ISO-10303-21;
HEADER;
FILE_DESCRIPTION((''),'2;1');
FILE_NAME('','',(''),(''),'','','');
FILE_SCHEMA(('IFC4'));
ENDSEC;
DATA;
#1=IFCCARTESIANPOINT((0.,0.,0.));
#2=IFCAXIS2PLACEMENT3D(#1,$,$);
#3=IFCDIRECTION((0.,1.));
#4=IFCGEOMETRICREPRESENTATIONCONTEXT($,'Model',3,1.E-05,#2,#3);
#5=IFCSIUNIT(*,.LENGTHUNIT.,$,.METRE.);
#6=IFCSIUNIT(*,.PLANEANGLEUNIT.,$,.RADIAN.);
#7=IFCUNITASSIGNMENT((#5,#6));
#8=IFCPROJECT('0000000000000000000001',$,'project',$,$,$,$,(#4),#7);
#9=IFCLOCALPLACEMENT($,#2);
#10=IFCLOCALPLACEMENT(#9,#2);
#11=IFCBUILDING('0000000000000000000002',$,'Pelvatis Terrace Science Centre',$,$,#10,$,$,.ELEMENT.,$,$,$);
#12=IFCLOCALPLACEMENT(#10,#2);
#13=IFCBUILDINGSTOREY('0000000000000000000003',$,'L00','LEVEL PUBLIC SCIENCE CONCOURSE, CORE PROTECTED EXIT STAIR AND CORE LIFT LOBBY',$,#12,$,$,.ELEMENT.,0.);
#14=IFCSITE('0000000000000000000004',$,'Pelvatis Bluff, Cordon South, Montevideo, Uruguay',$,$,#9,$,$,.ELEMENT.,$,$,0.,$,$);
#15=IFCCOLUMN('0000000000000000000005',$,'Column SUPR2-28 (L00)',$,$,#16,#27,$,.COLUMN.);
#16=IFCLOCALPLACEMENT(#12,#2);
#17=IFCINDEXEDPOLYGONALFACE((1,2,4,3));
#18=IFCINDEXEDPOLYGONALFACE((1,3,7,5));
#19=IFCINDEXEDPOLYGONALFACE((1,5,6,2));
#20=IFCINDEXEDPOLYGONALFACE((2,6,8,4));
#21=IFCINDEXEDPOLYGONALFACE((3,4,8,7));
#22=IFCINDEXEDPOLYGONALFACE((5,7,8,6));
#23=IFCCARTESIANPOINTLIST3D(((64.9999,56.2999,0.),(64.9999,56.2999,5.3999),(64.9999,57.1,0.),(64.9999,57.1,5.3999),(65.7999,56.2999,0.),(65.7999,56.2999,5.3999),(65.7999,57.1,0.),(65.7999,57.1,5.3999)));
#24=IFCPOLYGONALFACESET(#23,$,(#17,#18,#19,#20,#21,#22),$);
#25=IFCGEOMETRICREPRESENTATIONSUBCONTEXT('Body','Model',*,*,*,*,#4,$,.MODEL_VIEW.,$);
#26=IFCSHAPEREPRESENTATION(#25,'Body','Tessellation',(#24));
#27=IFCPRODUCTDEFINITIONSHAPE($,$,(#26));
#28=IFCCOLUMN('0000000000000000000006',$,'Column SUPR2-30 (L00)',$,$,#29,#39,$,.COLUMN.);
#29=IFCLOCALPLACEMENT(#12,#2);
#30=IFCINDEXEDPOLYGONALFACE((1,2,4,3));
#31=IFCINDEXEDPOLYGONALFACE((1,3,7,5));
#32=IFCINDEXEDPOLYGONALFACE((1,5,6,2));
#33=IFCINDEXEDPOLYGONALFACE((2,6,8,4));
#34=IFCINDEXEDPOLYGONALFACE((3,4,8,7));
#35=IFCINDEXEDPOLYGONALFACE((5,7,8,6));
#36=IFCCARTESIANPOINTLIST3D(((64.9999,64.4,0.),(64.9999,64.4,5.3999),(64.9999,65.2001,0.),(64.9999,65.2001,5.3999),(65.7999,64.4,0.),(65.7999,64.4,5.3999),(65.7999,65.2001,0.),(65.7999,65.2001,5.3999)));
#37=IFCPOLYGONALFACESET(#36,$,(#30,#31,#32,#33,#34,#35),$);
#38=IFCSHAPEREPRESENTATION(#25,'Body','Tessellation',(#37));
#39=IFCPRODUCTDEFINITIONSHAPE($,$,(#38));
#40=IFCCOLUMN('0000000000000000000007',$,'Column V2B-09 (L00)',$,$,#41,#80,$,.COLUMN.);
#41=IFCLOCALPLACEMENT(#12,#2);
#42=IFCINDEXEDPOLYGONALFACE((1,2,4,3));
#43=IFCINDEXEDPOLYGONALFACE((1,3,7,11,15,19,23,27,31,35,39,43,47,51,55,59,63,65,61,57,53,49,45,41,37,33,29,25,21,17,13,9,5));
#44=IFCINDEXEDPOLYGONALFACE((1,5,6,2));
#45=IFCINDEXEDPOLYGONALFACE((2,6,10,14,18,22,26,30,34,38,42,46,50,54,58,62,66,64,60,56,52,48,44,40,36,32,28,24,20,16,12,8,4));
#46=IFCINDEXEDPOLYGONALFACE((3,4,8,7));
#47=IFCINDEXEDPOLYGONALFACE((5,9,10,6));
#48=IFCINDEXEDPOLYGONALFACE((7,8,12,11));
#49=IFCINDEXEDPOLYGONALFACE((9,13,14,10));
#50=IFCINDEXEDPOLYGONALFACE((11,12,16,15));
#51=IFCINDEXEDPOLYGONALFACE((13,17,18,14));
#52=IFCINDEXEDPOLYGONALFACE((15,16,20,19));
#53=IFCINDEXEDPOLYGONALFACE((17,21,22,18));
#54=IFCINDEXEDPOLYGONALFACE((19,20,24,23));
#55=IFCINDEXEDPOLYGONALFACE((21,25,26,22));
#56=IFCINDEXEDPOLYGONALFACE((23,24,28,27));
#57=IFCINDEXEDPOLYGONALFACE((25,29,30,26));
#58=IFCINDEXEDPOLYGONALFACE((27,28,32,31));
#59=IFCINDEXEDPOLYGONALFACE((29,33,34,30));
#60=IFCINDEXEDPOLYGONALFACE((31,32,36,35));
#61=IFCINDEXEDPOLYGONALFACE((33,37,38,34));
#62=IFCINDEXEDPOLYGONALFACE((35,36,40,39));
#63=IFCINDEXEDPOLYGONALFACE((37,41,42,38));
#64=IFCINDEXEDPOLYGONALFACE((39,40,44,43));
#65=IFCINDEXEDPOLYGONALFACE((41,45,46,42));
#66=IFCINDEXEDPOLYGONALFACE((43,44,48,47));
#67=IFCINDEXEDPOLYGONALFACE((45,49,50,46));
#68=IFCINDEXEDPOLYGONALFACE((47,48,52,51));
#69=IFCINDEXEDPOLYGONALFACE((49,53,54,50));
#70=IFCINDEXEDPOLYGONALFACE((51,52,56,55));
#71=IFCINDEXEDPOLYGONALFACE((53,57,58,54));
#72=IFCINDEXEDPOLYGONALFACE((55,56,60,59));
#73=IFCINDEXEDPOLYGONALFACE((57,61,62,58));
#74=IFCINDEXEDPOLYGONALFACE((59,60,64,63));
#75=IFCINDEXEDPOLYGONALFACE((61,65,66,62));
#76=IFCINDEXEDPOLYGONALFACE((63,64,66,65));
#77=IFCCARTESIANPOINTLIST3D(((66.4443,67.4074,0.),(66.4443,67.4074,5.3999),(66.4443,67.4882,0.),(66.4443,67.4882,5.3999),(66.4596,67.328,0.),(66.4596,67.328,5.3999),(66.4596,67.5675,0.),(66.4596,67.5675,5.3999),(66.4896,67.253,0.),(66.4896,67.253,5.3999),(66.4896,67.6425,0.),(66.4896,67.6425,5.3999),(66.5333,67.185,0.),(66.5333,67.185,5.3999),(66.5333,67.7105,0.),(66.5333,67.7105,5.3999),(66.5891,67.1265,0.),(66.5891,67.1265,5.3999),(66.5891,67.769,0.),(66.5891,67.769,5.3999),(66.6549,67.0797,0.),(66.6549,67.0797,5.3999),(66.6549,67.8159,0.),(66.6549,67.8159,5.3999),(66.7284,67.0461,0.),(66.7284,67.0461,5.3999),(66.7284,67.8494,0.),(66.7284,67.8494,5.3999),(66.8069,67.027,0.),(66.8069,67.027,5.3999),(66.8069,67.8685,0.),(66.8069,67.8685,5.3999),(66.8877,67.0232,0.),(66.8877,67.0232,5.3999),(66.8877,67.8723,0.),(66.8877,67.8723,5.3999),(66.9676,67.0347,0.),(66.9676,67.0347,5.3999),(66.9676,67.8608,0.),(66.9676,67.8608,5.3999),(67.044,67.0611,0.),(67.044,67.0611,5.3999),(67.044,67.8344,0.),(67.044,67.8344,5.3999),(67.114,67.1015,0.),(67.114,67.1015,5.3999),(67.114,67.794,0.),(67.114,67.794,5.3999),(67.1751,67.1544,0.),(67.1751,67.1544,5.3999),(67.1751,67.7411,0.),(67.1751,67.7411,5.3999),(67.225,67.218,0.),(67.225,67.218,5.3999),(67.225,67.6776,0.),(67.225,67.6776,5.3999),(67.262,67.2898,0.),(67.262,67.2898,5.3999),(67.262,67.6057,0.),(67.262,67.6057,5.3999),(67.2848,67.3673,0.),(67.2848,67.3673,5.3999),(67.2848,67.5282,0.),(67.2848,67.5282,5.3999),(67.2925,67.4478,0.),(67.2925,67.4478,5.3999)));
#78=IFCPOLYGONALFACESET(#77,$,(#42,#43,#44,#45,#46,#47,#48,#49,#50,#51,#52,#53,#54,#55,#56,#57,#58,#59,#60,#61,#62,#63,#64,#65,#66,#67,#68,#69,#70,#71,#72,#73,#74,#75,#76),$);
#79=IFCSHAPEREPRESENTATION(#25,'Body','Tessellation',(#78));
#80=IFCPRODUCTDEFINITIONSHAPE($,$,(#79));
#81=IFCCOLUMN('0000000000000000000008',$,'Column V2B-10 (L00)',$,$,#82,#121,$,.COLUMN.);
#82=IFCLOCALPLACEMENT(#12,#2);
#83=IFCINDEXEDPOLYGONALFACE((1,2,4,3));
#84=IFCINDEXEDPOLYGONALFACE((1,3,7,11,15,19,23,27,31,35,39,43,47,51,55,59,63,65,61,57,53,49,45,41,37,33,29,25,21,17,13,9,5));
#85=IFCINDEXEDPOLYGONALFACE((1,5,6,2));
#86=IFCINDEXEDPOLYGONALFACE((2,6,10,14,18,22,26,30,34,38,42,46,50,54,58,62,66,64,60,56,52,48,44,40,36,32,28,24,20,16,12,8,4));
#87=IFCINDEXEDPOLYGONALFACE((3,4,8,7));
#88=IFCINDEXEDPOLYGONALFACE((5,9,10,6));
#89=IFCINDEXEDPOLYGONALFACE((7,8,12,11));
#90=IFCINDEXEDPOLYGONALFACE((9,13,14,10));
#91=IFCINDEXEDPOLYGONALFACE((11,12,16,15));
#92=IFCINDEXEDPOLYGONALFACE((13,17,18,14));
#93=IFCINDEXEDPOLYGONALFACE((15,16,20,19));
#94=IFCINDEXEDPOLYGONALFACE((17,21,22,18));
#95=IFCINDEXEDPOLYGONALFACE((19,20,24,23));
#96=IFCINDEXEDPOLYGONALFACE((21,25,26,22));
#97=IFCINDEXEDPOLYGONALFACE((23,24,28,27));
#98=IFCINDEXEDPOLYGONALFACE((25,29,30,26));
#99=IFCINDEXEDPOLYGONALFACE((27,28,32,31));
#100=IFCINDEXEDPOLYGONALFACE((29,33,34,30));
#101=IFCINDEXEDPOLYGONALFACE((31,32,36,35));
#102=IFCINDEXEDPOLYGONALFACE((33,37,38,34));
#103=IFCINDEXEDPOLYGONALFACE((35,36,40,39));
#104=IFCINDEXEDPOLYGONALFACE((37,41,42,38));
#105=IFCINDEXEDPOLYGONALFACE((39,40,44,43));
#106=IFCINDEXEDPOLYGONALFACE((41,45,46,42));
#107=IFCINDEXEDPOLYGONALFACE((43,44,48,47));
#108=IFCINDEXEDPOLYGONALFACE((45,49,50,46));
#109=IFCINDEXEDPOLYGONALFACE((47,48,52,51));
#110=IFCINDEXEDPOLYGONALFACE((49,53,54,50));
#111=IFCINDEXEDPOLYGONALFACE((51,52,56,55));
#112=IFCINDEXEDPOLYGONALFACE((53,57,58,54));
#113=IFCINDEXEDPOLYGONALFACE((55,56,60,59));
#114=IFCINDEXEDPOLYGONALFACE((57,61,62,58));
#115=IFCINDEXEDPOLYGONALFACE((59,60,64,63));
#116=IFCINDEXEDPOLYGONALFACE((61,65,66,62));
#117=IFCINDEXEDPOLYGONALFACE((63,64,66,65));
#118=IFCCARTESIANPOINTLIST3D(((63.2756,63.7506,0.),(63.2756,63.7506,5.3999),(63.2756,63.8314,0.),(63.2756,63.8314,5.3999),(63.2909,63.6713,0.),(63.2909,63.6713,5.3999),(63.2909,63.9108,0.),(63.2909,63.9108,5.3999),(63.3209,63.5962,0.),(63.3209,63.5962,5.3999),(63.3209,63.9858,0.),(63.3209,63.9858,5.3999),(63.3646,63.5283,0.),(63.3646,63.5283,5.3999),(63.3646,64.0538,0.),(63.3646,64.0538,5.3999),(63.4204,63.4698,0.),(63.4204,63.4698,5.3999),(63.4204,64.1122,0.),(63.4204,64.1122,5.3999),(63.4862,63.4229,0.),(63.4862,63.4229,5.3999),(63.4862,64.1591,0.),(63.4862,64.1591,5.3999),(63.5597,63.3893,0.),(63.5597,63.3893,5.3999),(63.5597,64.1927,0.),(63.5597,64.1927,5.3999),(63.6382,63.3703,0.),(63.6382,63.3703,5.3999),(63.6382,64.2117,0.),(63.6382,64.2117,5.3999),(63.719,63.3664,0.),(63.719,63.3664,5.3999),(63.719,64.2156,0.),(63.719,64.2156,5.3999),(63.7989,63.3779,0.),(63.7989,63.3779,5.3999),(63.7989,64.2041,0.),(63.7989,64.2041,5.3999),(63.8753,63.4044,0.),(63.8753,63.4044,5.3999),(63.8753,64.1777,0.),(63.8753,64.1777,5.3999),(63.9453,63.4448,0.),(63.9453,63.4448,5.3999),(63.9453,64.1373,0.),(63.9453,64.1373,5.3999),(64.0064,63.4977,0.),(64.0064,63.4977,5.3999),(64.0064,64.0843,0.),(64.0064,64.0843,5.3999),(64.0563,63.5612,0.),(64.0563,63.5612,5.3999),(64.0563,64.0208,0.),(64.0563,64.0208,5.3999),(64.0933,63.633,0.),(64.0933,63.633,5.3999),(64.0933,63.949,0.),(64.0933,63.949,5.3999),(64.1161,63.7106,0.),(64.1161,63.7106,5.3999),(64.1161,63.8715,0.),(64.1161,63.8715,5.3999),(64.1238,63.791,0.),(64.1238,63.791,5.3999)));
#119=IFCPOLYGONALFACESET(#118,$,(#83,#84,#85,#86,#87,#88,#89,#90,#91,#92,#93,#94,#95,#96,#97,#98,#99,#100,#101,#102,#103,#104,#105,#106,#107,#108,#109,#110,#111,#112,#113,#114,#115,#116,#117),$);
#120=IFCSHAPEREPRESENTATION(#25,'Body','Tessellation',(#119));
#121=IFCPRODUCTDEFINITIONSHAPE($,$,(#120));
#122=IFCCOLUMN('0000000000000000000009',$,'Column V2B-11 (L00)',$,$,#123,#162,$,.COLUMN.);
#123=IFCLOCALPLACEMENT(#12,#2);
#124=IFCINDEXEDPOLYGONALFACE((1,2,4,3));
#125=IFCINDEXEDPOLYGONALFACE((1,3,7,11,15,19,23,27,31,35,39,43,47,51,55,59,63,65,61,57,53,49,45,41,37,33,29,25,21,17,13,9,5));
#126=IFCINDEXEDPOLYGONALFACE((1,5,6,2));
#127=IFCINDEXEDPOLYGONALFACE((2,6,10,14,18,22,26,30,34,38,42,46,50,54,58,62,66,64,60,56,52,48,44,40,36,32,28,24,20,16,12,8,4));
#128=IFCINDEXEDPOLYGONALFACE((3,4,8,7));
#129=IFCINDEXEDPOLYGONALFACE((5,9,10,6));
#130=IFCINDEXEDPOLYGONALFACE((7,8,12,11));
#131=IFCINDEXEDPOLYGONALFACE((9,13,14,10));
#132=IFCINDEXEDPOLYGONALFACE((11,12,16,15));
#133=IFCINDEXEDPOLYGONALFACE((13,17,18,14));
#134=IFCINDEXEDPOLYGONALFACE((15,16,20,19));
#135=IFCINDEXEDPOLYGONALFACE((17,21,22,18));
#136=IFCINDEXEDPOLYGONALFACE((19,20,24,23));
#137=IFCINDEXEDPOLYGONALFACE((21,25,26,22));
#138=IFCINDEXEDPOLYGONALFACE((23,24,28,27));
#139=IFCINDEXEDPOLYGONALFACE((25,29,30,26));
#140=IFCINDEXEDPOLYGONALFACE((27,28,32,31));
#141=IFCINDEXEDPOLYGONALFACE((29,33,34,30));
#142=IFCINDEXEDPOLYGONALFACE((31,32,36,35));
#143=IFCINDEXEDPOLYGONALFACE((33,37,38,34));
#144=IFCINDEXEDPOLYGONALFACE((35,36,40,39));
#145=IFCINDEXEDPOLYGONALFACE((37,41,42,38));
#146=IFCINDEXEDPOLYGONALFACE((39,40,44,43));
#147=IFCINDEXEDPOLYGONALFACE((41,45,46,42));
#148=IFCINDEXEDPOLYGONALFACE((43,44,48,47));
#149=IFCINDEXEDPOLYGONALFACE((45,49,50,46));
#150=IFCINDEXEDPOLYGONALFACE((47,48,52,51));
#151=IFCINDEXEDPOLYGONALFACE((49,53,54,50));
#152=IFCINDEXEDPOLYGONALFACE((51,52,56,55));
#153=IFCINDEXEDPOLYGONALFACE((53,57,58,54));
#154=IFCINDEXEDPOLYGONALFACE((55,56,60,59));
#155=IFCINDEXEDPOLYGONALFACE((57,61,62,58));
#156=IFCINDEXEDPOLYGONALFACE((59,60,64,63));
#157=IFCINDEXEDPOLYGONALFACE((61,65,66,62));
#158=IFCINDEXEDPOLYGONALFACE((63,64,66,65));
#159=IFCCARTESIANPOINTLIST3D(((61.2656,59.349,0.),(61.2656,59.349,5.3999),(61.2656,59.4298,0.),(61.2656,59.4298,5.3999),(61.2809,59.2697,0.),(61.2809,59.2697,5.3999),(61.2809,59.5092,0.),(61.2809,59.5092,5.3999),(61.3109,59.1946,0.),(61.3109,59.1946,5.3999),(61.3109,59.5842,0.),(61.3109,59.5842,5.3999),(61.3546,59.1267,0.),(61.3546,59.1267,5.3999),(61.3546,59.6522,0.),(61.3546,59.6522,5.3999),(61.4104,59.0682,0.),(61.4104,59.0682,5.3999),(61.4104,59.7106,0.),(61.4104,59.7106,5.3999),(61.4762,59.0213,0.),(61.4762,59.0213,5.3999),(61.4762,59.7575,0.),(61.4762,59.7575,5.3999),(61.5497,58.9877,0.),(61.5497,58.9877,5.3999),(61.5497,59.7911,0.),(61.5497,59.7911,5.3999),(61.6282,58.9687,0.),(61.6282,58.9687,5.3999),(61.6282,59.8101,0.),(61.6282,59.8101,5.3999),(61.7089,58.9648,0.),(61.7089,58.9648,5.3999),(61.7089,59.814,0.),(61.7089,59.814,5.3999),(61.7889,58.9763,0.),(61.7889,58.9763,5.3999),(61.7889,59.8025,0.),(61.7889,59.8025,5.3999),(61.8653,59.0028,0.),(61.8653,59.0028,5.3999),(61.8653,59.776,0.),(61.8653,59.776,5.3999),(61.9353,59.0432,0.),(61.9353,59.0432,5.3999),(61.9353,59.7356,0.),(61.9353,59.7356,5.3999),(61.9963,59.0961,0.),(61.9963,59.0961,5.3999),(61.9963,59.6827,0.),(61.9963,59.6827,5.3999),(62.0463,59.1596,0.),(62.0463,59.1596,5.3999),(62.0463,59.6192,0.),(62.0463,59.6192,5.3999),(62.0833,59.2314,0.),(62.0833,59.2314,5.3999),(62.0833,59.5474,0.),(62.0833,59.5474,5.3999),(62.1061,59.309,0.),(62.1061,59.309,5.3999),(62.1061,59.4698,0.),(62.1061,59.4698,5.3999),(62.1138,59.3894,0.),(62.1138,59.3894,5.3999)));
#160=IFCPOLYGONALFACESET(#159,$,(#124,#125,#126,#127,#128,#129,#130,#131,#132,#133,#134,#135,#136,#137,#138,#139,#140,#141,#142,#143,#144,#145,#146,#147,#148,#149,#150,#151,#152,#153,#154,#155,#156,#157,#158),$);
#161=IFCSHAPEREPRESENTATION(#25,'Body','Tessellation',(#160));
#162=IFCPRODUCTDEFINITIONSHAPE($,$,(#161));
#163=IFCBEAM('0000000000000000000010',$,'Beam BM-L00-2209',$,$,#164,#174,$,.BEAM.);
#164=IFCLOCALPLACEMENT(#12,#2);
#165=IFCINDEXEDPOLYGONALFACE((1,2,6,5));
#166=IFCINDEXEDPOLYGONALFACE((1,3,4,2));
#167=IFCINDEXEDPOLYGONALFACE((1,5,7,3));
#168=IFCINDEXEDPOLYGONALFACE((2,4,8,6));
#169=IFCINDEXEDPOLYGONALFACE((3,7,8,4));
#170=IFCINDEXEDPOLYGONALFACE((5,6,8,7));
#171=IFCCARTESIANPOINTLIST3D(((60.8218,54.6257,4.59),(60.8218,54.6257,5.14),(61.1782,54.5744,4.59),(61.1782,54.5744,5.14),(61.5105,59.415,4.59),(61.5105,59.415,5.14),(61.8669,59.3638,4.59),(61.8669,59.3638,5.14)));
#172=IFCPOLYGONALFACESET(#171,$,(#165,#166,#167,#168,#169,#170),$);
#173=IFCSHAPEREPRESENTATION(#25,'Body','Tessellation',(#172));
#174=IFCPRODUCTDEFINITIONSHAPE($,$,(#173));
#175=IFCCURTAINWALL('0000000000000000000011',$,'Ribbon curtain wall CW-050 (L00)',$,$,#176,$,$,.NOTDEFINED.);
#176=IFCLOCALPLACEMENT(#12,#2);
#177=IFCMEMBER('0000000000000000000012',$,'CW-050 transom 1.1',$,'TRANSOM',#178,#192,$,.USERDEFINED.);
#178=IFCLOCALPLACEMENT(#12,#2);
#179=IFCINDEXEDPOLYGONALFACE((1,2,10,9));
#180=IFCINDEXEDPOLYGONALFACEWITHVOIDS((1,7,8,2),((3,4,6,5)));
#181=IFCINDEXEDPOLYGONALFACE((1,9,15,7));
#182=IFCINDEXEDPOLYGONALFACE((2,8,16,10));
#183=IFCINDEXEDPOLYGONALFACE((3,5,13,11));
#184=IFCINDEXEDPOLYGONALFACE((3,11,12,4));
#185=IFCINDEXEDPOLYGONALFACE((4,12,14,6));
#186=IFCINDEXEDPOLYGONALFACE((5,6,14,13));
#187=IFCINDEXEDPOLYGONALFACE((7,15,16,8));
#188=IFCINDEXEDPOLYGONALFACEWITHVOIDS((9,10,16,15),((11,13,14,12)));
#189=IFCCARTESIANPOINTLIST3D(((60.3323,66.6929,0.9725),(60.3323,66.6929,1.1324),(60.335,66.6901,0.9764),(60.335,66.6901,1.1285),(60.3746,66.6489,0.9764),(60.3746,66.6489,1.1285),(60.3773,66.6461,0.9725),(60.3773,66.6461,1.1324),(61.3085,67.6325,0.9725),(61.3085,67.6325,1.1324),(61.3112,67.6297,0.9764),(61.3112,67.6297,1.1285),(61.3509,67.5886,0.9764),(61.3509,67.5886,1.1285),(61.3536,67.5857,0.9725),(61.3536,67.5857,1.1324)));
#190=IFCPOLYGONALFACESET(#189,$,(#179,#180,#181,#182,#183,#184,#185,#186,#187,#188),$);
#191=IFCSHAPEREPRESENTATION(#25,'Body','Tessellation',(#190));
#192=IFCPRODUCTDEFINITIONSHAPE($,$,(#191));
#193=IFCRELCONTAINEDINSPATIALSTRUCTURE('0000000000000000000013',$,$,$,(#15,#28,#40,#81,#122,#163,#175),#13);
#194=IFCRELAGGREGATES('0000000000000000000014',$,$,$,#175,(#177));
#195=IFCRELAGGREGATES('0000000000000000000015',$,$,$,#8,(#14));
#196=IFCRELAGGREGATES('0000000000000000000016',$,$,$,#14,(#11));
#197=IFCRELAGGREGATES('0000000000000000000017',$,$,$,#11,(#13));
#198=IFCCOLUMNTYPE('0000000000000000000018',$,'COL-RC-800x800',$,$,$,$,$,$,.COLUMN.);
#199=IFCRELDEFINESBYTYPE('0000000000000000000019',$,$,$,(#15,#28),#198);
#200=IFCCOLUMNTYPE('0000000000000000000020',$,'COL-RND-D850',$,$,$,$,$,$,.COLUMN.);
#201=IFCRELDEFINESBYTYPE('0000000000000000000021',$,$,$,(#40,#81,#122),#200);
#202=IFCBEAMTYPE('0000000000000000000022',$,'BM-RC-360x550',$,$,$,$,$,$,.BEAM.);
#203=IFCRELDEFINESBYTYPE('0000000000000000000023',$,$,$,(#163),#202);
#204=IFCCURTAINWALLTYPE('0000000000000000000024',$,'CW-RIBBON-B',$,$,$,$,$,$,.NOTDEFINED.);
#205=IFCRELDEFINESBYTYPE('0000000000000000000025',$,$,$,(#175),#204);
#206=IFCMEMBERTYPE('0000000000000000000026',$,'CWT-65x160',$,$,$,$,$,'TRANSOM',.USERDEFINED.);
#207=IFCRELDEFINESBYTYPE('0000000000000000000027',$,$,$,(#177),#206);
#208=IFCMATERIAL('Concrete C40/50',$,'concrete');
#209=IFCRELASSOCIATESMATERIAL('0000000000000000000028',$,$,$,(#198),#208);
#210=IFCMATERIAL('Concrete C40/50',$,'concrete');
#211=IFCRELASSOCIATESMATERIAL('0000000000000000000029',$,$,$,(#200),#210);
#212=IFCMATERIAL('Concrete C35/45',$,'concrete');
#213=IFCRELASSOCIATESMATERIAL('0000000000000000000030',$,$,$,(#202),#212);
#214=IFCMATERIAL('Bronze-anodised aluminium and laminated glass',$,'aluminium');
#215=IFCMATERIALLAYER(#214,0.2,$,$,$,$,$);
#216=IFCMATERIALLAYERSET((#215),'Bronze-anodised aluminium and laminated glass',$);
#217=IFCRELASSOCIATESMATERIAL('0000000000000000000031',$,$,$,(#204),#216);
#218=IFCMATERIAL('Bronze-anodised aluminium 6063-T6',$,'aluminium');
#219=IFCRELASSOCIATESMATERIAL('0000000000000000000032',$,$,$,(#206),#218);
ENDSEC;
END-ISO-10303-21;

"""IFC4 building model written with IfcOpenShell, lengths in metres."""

from ifc_helpers import new_model, si_unit, direction, frame, origin, origin_2d, place, context, subcontext, project, spatial, rectangle, hollow_rectangle, circle, extrude, material, layer, layer_set, material_profile, profile_set, type_object, element, aggregate, save


model = new_model("IFC4")

# Units and contexts
model_context = context("Model", 3, precision=1e-05, world=origin(), true_north=direction((0.0, 1.0)))
body_context = subcontext(model_context, "Body", "Model", "MODEL_VIEW")
ifc_project = project(units=[si_unit("LENGTHUNIT", "METRE"), si_unit("PLANEANGLEUNIT", "RADIAN")], contexts=[model_context])

# Site, building, storey
site_placement = place(None, origin())
site = spatial("IfcSite", under=ifc_project, at=site_placement, Name="Pelvatis Bluff, Cordon South, Montevideo, Uruguay", CompositionType="ELEMENT", RefElevation=0.0)
building_placement = place(site_placement, origin())
building = spatial("IfcBuilding", under=site, at=building_placement, Name="Pelvatis Terrace Science Centre", CompositionType="ELEMENT")
storey_placement = place(building_placement, origin())
storey = spatial("IfcBuildingStorey", under=building, at=storey_placement, Name="L00", Description="LEVEL PUBLIC SCIENCE CONCOURSE, CORE PROTECTED EXIT STAIR AND CORE LIFT LOBBY", CompositionType="ELEMENT", Elevation=0.0)

# Columns
ifc_material_1 = material(Name="Concrete C40/50", Category="concrete")
ifc_material_profile_1 = material_profile(ifc_material_1, rectangle(XDim=0.8, YDim=0.8, at=origin_2d()), Name="RC-COL 800x800")
ifc_profile_set_1 = profile_set([ifc_material_profile_1], Name="Concrete C40/50")
column_type_1 = type_object("IfcColumnType", Name="COL-RC-800x800", PredefinedType="COLUMN", material=ifc_profile_set_1)
for number, where, z_axis, x_axis, name in (
    (1, (65.3999, 56.7, 0.0), (0.0, 0.0, 1.0), (1.0, 0.0, 0.0), "Column SUPR2-28 (L00)"),
    (2, (65.3999, 64.8, 0.0), (0.0, 0.0, 1.0), (1.0, 0.0, 0.0), "Column SUPR2-30 (L00)"),
):
    element("IfcColumn", number, at=place(storey_placement, frame(where, z_axis=z_axis, x_axis=x_axis)), inside=storey, type_object=column_type_1, Name=name, PredefinedType="COLUMN", context=body_context, shape_type="SweptSolid", body=[
        extrude(rectangle(XDim=0.8, YDim=0.8, at=origin_2d()), origin(), (0.0, 0.0, 1.0), 5.3999),
    ])
ifc_material_2 = material(Name="Concrete C40/50", Category="concrete")
ifc_material_profile_2 = material_profile(ifc_material_2, circle(Radius=0.425, at=origin_2d()), Name="RC-RCOL D850")
ifc_profile_set_2 = profile_set([ifc_material_profile_2], Name="Concrete C40/50")
column_type_2 = type_object("IfcColumnType", Name="COL-RND-D850", PredefinedType="COLUMN", material=ifc_profile_set_2)
for number, where, z_axis, x_axis, name in (
    (3, (66.8674, 67.4478, 0.0), (0.0, 0.0, 1.0), (1.0, 0.0, 0.0), "Column V2B-09 (L00)"),
    (4, (63.6987, 63.791, 0.0), (0.0, 0.0, 1.0), (1.0, 0.0, 0.0), "Column V2B-10 (L00)"),
    (5, (61.6887, 59.3894, 0.0), (0.0, 0.0, 1.0), (1.0, 0.0, 0.0), "Column V2B-11 (L00)"),
):
    element("IfcColumn", number, at=place(storey_placement, frame(where, z_axis=z_axis, x_axis=x_axis)), inside=storey, type_object=column_type_2, Name=name, PredefinedType="COLUMN", context=body_context, shape_type="SweptSolid", body=[
        extrude(circle(Radius=0.425, at=origin_2d()), origin(), (0.0, 0.0, 1.0), 5.3999),
    ])

# Beam
ifc_material_3 = material(Name="Concrete C35/45", Category="concrete")
ifc_material_profile_3 = material_profile(ifc_material_3, rectangle(XDim=0.3601, YDim=0.55, at=origin_2d()), Name="RC-BM 360x550")
ifc_profile_set_3 = profile_set([ifc_material_profile_3], Name="Concrete C35/45")
beam_type_1 = type_object("IfcBeamType", Name="BM-RC-360x550", PredefinedType="BEAM", material=ifc_profile_set_3)
beam_1_placement = place(storey_placement, frame((61.6887, 59.3894, 4.865), z_axis=(-0.14234, -0.989818, 0.0), x_axis=(0.989818, -0.14234, 0.0)))
element("IfcBeam", 6, at=beam_1_placement, inside=storey, type_object=beam_type_1, Name="Beam BM-L00-2209", PredefinedType="BEAM", context=body_context, shape_type="SweptSolid", body=[
    extrude(rectangle(XDim=0.3601, YDim=0.55, at=origin_2d()), origin(), (0.0, 0.0, 1.0), 4.8386),
])

# Curtain wall, member
ifc_material_4 = material(Name="Bronze-anodised aluminium and laminated glass", Category="aluminium")
ifc_layer_1 = layer(ifc_material_4, 0.2)
ifc_layer_set_1 = layer_set([ifc_layer_1], Name="Bronze-anodised aluminium and laminated glass")
curtain_wall_type = type_object("IfcCurtainWallType", Name="CW-RIBBON-B", PredefinedType="NOTDEFINED", material=ifc_layer_set_1)
curtain_wall_placement = place(storey_placement, origin())
curtain_wall = element("IfcCurtainWall", 7, at=curtain_wall_placement, inside=storey, type_object=curtain_wall_type, Name="Ribbon curtain wall CW-050 (L00)", PredefinedType="NOTDEFINED")
ifc_material_5 = material(Name="Bronze-anodised aluminium 6063-T6", Category="aluminium")
ifc_material_profile_4 = material_profile(ifc_material_5, hollow_rectangle(XDim=0.0649, YDim=0.1599, WallThickness=0.0039, at=origin_2d()), Name="ALU-TRN 65x160")
ifc_profile_set_4 = profile_set([ifc_material_profile_4], Name="Bronze-anodised aluminium 6063-T6")
member_type = type_object("IfcMemberType", Name="CWT-65x160", ElementType="TRANSOM", PredefinedType="USERDEFINED", material=ifc_profile_set_4)
member_1_placement = place(storey_placement, frame((61.3311, 67.6091, 1.0525), z_axis=(-0.72049, -0.693465, 0.0), x_axis=(0.693465, -0.72049, 0.0)))
member_1 = element("IfcMember", 8, at=member_1_placement, type_object=member_type, Name="CW-050 transom 1.1", ObjectType="TRANSOM", PredefinedType="USERDEFINED", context=body_context, shape_type="SweptSolid", body=[
    extrude(hollow_rectangle(XDim=0.0649, YDim=0.1599, WallThickness=0.0039, at=origin_2d()), origin(), (0.0, 0.0, 1.0), 1.355),
])
aggregate(curtain_wall, [member_1])

save(model, "model.ifc")
